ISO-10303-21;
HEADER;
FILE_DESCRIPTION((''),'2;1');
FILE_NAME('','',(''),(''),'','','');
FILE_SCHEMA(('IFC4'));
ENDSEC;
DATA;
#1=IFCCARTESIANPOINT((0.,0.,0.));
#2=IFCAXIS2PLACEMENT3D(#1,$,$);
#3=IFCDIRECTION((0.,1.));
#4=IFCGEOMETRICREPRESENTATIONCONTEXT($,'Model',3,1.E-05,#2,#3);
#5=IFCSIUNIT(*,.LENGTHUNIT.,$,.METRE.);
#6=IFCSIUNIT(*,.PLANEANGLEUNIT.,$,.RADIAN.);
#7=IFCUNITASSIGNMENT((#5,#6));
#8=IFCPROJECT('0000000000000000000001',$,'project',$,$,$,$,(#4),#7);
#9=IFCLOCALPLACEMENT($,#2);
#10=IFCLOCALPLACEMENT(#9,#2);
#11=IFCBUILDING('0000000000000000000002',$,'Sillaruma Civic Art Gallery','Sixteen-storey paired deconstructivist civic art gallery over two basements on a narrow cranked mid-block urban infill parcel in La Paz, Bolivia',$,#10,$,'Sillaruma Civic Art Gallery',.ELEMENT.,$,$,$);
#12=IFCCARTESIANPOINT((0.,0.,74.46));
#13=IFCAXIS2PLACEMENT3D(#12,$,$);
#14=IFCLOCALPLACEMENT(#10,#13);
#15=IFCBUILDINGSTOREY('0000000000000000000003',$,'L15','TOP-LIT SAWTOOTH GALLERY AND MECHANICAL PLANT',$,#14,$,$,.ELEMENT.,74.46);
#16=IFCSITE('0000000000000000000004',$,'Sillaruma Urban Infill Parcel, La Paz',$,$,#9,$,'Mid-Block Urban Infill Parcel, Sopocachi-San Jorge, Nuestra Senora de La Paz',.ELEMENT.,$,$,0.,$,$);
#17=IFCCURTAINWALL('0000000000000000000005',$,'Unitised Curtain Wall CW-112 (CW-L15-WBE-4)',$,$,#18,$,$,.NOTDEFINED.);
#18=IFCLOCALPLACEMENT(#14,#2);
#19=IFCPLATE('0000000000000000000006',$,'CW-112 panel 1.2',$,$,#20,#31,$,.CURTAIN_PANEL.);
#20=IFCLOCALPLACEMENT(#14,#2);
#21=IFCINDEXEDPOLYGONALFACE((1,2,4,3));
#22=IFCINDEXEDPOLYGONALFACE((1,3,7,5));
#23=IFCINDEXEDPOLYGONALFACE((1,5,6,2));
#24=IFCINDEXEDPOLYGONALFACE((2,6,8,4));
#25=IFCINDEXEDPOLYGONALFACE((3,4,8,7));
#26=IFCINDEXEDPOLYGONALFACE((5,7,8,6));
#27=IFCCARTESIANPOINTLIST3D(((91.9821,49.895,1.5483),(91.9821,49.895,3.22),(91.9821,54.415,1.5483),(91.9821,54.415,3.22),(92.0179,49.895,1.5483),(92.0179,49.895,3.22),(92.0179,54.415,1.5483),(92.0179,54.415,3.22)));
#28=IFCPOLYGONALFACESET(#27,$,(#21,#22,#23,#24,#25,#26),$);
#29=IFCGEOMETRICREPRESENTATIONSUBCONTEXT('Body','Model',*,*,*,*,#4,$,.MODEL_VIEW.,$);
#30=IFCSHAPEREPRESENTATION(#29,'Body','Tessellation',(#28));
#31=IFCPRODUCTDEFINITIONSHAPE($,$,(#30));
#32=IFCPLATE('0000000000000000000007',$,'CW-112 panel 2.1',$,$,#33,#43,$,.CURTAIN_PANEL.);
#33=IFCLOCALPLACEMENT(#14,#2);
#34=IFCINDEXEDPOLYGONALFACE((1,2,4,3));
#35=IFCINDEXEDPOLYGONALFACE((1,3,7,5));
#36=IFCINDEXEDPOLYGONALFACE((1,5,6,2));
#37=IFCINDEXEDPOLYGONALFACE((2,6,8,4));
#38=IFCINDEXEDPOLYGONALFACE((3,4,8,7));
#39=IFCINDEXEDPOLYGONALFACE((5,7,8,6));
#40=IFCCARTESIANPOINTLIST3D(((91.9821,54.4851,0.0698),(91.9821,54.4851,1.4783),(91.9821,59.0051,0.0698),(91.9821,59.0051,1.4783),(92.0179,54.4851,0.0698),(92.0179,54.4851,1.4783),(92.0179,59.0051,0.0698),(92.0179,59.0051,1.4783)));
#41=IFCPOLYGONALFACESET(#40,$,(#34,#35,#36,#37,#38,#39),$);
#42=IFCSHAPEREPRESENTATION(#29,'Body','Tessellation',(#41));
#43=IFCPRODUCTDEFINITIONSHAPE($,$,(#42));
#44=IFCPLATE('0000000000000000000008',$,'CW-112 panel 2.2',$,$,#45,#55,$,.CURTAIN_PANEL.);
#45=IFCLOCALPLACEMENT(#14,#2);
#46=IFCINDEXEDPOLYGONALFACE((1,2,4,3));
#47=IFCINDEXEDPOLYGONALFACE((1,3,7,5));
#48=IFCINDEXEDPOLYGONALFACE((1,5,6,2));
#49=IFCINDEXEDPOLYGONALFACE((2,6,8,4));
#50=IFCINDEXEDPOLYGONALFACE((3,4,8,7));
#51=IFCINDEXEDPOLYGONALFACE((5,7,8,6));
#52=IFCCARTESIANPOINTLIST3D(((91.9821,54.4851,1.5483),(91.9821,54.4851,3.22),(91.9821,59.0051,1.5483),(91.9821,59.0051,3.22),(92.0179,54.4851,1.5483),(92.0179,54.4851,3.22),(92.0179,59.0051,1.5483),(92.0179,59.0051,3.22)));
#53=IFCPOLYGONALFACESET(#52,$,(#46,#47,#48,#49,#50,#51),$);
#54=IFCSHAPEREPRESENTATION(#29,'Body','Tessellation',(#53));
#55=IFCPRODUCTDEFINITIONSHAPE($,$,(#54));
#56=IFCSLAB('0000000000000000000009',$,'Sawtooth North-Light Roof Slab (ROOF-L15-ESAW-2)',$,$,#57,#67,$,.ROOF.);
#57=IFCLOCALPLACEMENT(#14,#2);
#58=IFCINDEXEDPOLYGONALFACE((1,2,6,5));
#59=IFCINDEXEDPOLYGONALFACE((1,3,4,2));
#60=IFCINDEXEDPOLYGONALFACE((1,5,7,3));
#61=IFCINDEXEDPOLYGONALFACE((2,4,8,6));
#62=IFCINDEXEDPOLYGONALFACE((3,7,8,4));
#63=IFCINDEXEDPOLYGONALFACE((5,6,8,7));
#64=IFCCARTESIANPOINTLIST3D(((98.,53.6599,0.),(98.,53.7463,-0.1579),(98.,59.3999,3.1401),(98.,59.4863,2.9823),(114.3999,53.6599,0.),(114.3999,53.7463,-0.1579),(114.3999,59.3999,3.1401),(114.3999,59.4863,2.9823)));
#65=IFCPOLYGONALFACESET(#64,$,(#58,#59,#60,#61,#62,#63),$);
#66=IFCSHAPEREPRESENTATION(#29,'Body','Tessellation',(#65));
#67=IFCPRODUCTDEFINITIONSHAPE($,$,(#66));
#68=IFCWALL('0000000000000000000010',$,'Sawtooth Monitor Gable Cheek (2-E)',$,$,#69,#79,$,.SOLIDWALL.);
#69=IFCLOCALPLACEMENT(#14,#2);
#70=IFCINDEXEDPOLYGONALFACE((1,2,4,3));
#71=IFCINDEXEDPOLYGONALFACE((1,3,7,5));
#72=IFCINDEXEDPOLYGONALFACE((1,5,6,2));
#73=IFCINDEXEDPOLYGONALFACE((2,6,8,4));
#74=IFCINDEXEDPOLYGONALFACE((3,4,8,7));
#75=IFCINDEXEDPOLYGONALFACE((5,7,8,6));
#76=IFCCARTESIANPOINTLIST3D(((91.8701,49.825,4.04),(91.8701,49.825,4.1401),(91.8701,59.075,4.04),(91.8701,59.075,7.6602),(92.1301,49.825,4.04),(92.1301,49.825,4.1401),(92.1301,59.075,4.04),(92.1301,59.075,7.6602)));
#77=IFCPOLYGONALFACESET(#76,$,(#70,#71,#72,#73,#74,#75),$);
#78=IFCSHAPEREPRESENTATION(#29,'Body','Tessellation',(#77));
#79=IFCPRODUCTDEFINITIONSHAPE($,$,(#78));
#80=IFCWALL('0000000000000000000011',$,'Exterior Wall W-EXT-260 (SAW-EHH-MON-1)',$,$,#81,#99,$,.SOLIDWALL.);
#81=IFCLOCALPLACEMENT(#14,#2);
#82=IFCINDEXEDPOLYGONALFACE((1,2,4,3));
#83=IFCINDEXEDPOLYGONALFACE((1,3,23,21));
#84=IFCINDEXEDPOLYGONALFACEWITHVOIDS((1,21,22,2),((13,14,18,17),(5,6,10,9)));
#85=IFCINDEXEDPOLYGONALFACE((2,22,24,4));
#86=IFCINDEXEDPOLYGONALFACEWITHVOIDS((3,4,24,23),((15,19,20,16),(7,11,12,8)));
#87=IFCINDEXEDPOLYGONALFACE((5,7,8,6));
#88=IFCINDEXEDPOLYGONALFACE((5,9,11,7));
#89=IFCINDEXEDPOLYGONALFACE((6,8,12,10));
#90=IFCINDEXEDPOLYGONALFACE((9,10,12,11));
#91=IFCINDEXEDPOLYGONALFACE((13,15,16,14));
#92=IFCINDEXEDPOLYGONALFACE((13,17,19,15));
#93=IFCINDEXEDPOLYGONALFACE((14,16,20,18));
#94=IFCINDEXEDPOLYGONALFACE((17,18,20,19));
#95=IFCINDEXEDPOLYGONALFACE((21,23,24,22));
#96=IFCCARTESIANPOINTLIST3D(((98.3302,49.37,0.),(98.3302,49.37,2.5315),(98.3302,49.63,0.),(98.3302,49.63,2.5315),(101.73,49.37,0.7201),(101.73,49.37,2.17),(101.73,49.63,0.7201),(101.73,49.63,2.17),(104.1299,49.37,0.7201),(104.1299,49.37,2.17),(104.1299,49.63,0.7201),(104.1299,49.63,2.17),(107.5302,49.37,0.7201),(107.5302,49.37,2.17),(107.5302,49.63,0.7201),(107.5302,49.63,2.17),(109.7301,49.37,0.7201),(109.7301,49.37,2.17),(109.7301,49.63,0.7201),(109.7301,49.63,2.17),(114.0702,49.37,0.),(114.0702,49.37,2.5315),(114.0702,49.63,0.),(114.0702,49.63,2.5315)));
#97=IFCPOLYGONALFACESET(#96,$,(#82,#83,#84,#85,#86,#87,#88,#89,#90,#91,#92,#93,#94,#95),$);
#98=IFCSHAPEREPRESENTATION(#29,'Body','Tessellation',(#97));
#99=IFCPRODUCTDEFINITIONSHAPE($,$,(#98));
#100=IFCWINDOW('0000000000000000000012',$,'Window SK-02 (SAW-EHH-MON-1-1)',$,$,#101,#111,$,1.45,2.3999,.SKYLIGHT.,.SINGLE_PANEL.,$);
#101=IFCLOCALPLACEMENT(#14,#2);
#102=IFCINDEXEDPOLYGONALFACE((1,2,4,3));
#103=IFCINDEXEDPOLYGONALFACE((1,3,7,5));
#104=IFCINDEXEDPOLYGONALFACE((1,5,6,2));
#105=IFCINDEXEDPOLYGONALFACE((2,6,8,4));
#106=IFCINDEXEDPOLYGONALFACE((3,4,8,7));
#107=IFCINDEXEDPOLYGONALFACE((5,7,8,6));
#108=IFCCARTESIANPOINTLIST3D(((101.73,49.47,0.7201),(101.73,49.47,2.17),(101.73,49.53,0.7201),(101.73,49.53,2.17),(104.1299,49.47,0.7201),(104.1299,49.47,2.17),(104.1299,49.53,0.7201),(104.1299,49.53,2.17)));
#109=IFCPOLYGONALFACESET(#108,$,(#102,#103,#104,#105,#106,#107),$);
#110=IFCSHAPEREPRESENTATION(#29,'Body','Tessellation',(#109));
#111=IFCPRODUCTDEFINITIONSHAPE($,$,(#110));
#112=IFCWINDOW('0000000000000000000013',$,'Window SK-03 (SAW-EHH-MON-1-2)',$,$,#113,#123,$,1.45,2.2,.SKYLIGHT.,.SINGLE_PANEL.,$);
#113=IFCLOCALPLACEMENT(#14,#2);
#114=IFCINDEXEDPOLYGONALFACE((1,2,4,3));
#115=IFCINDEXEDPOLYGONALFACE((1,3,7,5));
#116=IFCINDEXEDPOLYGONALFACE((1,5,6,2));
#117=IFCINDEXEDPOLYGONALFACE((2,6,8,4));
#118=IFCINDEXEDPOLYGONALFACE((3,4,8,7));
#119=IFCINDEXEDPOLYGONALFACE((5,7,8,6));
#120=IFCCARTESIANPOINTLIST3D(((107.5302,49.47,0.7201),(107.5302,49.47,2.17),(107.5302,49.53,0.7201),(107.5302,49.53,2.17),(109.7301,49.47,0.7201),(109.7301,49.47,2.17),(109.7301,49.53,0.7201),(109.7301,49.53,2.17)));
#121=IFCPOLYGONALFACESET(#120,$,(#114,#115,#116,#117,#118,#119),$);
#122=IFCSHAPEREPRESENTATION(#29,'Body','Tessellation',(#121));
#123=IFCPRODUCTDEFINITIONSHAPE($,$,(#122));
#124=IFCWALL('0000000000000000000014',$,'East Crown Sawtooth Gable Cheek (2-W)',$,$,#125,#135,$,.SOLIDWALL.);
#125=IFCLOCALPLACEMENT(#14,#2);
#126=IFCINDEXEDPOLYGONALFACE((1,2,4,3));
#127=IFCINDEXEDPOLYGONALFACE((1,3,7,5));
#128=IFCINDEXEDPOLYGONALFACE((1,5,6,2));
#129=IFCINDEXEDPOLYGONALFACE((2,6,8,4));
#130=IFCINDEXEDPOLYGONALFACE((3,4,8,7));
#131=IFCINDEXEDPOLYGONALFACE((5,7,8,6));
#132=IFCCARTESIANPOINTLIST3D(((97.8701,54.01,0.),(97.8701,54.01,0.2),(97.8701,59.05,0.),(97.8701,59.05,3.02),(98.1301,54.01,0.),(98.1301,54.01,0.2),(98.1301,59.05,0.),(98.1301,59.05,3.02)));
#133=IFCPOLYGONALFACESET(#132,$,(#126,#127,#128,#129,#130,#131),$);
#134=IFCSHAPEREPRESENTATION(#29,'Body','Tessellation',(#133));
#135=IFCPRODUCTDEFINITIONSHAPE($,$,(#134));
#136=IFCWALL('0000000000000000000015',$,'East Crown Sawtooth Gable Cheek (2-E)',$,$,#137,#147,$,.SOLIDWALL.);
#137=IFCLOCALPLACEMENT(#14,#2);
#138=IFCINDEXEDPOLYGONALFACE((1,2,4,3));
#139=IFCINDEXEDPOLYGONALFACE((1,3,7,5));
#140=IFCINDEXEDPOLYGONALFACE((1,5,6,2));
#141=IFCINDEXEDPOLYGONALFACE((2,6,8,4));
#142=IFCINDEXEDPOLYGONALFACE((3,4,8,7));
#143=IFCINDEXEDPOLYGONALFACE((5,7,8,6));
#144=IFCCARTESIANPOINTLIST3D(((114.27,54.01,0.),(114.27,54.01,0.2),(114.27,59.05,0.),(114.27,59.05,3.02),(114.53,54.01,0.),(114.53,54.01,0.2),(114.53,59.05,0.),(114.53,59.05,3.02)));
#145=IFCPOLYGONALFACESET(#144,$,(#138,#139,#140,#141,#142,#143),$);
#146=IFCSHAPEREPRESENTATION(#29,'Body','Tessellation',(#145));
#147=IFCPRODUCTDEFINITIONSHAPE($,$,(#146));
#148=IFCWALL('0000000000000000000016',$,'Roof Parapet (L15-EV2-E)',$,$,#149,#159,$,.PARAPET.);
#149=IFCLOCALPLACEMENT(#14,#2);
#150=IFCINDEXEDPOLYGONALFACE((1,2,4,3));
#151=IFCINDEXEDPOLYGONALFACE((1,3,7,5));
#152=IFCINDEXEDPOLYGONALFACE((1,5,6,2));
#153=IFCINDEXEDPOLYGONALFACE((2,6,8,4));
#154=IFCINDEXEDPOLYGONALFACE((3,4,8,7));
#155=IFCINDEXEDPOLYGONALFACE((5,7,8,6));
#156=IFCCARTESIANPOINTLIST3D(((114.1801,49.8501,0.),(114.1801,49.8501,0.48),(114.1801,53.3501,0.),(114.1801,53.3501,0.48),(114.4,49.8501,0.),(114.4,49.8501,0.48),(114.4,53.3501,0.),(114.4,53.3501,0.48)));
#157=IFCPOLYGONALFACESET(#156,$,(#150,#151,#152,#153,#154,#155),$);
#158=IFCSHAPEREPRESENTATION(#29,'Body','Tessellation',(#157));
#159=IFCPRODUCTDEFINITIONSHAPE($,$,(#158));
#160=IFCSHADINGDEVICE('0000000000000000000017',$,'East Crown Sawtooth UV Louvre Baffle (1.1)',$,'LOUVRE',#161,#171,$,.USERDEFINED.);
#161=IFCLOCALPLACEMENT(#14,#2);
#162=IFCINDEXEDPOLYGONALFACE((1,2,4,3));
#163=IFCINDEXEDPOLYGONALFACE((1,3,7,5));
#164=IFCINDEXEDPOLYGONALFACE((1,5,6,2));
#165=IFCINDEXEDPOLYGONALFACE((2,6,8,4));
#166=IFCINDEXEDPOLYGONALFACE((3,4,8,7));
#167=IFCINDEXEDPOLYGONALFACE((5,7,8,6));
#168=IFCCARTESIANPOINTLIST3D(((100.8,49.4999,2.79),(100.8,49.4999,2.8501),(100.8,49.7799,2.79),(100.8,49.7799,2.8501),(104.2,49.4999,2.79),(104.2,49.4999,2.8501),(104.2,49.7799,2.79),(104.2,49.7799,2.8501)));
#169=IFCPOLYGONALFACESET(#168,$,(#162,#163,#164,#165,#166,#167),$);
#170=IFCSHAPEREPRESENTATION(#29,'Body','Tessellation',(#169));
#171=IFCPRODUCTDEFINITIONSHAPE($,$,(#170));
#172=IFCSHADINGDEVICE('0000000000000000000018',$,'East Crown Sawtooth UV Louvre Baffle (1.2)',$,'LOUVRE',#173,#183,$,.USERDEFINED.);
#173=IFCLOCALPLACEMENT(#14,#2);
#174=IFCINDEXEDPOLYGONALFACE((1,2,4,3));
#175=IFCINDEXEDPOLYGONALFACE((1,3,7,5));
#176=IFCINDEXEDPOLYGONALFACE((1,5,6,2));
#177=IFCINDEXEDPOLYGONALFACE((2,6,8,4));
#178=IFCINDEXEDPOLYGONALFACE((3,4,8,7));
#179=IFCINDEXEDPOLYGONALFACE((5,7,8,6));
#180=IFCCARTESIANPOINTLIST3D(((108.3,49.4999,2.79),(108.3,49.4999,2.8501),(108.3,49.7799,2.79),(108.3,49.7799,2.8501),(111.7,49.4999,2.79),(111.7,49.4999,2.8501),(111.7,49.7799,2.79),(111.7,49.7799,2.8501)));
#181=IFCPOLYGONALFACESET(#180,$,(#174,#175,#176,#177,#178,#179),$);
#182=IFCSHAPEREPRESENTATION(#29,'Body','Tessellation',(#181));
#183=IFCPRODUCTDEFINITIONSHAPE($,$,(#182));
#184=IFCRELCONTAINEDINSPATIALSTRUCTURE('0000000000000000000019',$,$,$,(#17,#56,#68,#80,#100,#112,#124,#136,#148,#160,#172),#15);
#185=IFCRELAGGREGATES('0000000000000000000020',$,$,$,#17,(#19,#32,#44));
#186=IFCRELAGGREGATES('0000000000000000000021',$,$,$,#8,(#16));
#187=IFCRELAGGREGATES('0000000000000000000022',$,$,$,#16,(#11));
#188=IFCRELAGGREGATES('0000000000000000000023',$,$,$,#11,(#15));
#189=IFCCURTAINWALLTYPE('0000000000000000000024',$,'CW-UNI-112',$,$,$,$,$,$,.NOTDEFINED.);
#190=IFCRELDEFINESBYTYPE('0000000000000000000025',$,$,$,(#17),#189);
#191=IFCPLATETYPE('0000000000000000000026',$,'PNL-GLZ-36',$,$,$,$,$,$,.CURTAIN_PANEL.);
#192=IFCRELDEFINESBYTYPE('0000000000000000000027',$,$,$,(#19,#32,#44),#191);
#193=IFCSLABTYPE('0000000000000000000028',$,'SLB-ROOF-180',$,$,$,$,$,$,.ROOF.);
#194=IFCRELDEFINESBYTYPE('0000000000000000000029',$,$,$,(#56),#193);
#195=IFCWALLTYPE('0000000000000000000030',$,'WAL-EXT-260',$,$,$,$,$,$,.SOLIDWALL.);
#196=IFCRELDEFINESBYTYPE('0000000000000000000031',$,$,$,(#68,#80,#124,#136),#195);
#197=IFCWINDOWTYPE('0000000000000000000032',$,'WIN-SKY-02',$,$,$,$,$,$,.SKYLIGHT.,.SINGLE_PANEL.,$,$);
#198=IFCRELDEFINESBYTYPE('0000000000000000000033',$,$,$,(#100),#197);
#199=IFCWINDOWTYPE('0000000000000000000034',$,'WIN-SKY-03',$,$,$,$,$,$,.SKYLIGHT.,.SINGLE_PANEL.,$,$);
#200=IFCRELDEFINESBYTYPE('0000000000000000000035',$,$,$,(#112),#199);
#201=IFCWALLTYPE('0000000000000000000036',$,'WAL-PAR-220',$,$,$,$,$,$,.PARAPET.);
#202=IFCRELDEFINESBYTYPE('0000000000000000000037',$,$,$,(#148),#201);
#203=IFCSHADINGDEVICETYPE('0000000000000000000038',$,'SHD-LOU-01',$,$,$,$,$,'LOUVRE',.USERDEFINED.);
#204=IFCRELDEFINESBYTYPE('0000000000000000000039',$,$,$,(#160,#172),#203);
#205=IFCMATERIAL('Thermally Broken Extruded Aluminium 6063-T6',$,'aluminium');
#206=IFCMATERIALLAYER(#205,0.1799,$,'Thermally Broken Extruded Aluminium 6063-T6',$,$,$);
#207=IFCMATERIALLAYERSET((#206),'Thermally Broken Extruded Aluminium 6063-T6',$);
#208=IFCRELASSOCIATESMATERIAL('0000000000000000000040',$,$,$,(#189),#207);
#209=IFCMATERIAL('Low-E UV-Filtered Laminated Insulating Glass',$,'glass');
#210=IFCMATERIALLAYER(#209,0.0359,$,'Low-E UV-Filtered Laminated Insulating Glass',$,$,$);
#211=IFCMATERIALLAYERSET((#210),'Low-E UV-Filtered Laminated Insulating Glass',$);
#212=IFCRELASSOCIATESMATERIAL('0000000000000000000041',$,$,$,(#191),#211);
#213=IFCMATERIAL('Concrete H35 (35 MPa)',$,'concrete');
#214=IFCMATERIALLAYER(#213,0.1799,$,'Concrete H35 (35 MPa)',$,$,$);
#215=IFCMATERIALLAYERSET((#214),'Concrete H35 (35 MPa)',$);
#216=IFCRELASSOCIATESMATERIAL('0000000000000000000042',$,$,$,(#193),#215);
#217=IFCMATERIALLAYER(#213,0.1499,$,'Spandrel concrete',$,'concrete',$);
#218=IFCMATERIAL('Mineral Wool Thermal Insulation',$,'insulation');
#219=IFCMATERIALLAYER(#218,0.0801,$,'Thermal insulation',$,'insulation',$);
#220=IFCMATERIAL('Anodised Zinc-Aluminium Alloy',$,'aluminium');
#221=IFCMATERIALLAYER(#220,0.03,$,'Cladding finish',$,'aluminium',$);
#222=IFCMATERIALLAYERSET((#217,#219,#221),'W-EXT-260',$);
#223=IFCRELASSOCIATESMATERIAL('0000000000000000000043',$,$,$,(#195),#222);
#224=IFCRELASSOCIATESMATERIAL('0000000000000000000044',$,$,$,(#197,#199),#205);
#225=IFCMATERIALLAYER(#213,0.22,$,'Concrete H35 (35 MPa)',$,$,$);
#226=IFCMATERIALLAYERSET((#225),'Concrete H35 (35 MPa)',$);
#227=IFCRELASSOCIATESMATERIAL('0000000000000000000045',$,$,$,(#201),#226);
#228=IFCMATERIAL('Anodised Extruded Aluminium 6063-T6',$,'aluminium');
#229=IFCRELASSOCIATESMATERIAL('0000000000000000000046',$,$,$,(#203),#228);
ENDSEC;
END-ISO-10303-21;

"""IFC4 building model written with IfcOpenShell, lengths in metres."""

from ifc_helpers import new_model, si_unit, direction, frame, frame_2d, origin, origin_2d, place, context, subcontext, project, spatial, polyline, rectangle, outline, extrude, material, layer, layer_set, type_object, element, fill, aggregate, save


model = new_model("IFC4")

# Units and contexts
model_context = context("Model", 3, precision=1e-05, world=origin(), true_north=direction((0.0, 1.0)))
body_context = subcontext(model_context, "Body", "Model", "MODEL_VIEW")
ifc_project = project(units=[si_unit("LENGTHUNIT", "METRE"), si_unit("PLANEANGLEUNIT", "RADIAN")], contexts=[model_context])

# Site, building, storey
site_placement = place(None, origin())
site = spatial("IfcSite", under=ifc_project, at=site_placement, Name="Sillaruma Urban Infill Parcel, La Paz", LongName="Mid-Block Urban Infill Parcel, Sopocachi-San Jorge, Nuestra Senora de La Paz", CompositionType="ELEMENT", RefElevation=0.0)
building_placement = place(site_placement, origin())
building = spatial("IfcBuilding", under=site, at=building_placement, Name="Sillaruma Civic Art Gallery", Description="Sixteen-storey paired deconstructivist civic art gallery over two basements on a narrow cranked mid-block urban infill parcel in La Paz, Bolivia", LongName="Sillaruma Civic Art Gallery", CompositionType="ELEMENT")
storey_placement = place(building_placement, frame((0.0, 0.0, 74.46)))
storey = spatial("IfcBuildingStorey", under=building, at=storey_placement, Name="L15", Description="TOP-LIT SAWTOOTH GALLERY AND MECHANICAL PLANT", CompositionType="ELEMENT", Elevation=74.46)

# Shared definitions
ifc_material_1 = material(Name="Concrete H35 (35 MPa)", Category="concrete")

# Curtain wall
ifc_material_2 = material(Name="Thermally Broken Extruded Aluminium 6063-T6", Category="aluminium")
ifc_layer_1 = layer(ifc_material_2, 0.1799, Name="Thermally Broken Extruded Aluminium 6063-T6")
ifc_layer_set_1 = layer_set([ifc_layer_1], Name="Thermally Broken Extruded Aluminium 6063-T6")
curtain_wall_type = type_object("IfcCurtainWallType", Name="CW-UNI-112", PredefinedType="NOTDEFINED", material=ifc_layer_set_1)
curtain_wall_placement = place(storey_placement, origin())
curtain_wall = element("IfcCurtainWall", 1, at=curtain_wall_placement, inside=storey, type_object=curtain_wall_type, Name="Unitised Curtain Wall CW-112 (CW-L15-WBE-4)", PredefinedType="NOTDEFINED")

# Plates
ifc_material_3 = material(Name="Low-E UV-Filtered Laminated Insulating Glass", Category="glass")
ifc_layer_2 = layer(ifc_material_3, 0.0359, Name="Low-E UV-Filtered Laminated Insulating Glass")
ifc_layer_set_2 = layer_set([ifc_layer_2], Name="Low-E UV-Filtered Laminated Insulating Glass")
plate_type = type_object("IfcPlateType", Name="PNL-GLZ-36", PredefinedType="CURTAIN_PANEL", material=ifc_layer_set_2)
plate_1_placement = place(storey_placement, frame((92.0, 52.155, 1.5483), z_axis=(0.0, 0.0, 1.0), x_axis=(0.0, 1.0, 0.0)))
plate_1 = element("IfcPlate", 2, at=plate_1_placement, type_object=plate_type, Name="CW-112 panel 1.2", PredefinedType="CURTAIN_PANEL", context=body_context, shape_type="SweptSolid", body=[
    extrude(rectangle(XDim=4.52, YDim=0.0359, at=origin_2d()), origin(), (0.0, 0.0, 1.0), 1.6716),
])
plate_2_placement = place(storey_placement, frame((92.0, 56.7451, 0.0698), z_axis=(0.0, 0.0, 1.0), x_axis=(0.0, 1.0, 0.0)))
plate_2 = element("IfcPlate", 3, at=plate_2_placement, type_object=plate_type, Name="CW-112 panel 2.1", PredefinedType="CURTAIN_PANEL", context=body_context, shape_type="SweptSolid", body=[
    extrude(rectangle(XDim=4.52, YDim=0.0359, at=origin_2d()), origin(), (0.0, 0.0, 1.0), 1.4084),
])
plate_3_placement = place(storey_placement, frame((92.0, 56.7451, 1.5483), z_axis=(0.0, 0.0, 1.0), x_axis=(0.0, 1.0, 0.0)))
plate_3 = element("IfcPlate", 4, at=plate_3_placement, type_object=plate_type, Name="CW-112 panel 2.2", PredefinedType="CURTAIN_PANEL", context=body_context, shape_type="SweptSolid", body=[
    extrude(rectangle(XDim=4.52, YDim=0.0359, at=origin_2d()), origin(), (0.0, 0.0, 1.0), 1.6716),
])
aggregate(curtain_wall, [plate_1, plate_2, plate_3])

# Slab
ifc_layer_3 = layer(ifc_material_1, 0.1799, Name="Concrete H35 (35 MPa)")
ifc_layer_set_3 = layer_set([ifc_layer_3], Name="Concrete H35 (35 MPa)")
slab_type = type_object("IfcSlabType", Name="SLB-ROOF-180", PredefinedType="ROOF", material=ifc_layer_set_3)
slab_placement = place(storey_placement, frame((98.0, 53.6599, 0.0), z_axis=(0.0, -0.479939, 0.877302), x_axis=(1.0, 0.0, 0.0)))
element("IfcSlab", 5, at=slab_placement, inside=storey, type_object=slab_type, Name="Sawtooth North-Light Roof Slab (ROOF-L15-ESAW-2)", PredefinedType="ROOF", context=body_context, shape_type="SweptSolid", body=[
    extrude(outline(polyline([(0.0, 0.0), (16.3999, 0.0), (16.3999, 6.5428), (0.0, 6.5428), (0.0, 0.0)])), origin(), (0.0, 0.0, -1.0), 0.1799),
])

# Wall
ifc_layer_4 = layer(ifc_material_1, 0.1499, Name="Spandrel concrete", Category="concrete")
ifc_material_4 = material(Name="Mineral Wool Thermal Insulation", Category="insulation")
ifc_layer_5 = layer(ifc_material_4, 0.0801, Name="Thermal insulation", Category="insulation")
ifc_material_5 = material(Name="Anodised Zinc-Aluminium Alloy", Category="aluminium")
ifc_layer_6 = layer(ifc_material_5, 0.03, Name="Cladding finish", Category="aluminium")
ifc_layer_set_4 = layer_set([ifc_layer_4, ifc_layer_5, ifc_layer_6], Name="W-EXT-260")
wall_type_1 = type_object("IfcWallType", Name="WAL-EXT-260", PredefinedType="SOLIDWALL", material=ifc_layer_set_4)
wall_1_placement = place(storey_placement, frame((92.0, 49.825, 4.04), z_axis=(0.0, 0.0, 1.0), x_axis=(0.0, 1.0, 0.0)))
element("IfcWall", 6, at=wall_1_placement, inside=storey, type_object=wall_type_1, Name="Sawtooth Monitor Gable Cheek (2-E)", PredefinedType="SOLIDWALL", context=body_context, shape_type="SweptSolid", body=[
    extrude(outline(polyline([(0.0, 0.0), (9.25, 0.0), (9.25, 3.6201), (0.0, 0.1001), (0.0, 0.0)])), frame((0.0, 0.1299, 0.0), z_axis=(0.0, -1.0, 0.0), x_axis=(1.0, 0.0, 0.0)), (0.0, 0.0, 1.0), 0.26),
])

# Wall, openings, windows
wall_2_placement = place(storey_placement, frame((98.3301, 49.5, 0.0), z_axis=(0.0, 0.0, 1.0), x_axis=(1.0, 0.0, 0.0)))
wall_2 = element("IfcWall", 7, at=wall_2_placement, inside=storey, type_object=wall_type_1, Name="Exterior Wall W-EXT-260 (SAW-EHH-MON-1)", PredefinedType="SOLIDWALL", context=body_context, shape_type="SweptSolid", body=[
    extrude(rectangle(XDim=15.74, YDim=0.26, at=frame_2d((7.8701, 0.0))), origin(), (0.0, 0.0, 1.0), 2.5315),
])
opening_1_placement = place(wall_2_placement, frame((3.3999, 0.0, 0.72)))
opening_1 = element("IfcOpeningElement", 8, at=opening_1_placement, cuts=wall_2, PredefinedType="OPENING", context=body_context, shape_type="SweptSolid", body=[
    extrude(rectangle(XDim=2.3999, YDim=1.45, at=frame_2d((1.2, 0.7251))), frame((0.0, 0.1399, 0.0), z_axis=(0.0, -1.0, 0.0), x_axis=(1.0, 0.0, 0.0)), (0.0, 0.0, 1.0), 0.28),
])
opening_2_placement = place(wall_2_placement, frame((9.2, 0.0, 0.72)))
opening_2 = element("IfcOpeningElement", 9, at=opening_2_placement, cuts=wall_2, PredefinedType="OPENING", context=body_context, shape_type="SweptSolid", body=[
    extrude(rectangle(XDim=2.2, YDim=1.45, at=frame_2d((1.1001, 0.7251))), frame((0.0, 0.1399, 0.0), z_axis=(0.0, -1.0, 0.0), x_axis=(1.0, 0.0, 0.0)), (0.0, 0.0, 1.0), 0.28),
])
window_type_1 = type_object("IfcWindowType", Name="WIN-SKY-02", PartitioningType="SINGLE_PANEL", PredefinedType="SKYLIGHT", material=ifc_material_2)
window_1_placement = place(opening_1_placement, origin())
window_1 = element("IfcWindow", 10, at=window_1_placement, inside=storey, type_object=window_type_1, Name="Window SK-02 (SAW-EHH-MON-1-1)", OverallHeight=1.45, OverallWidth=2.3999, PartitioningType="SINGLE_PANEL", PredefinedType="SKYLIGHT", context=body_context, shape_type="SweptSolid", body=[
    extrude(rectangle(XDim=2.3999, YDim=1.45, at=frame_2d((1.2, 0.7251))), frame((0.0, 0.03, 0.0), z_axis=(0.0, -1.0, 0.0), x_axis=(1.0, 0.0, 0.0)), (0.0, 0.0, 1.0), 0.0601),
])
fill(opening_1, window_1)
window_type_2 = type_object("IfcWindowType", Name="WIN-SKY-03", PartitioningType="SINGLE_PANEL", PredefinedType="SKYLIGHT", material=ifc_material_2)
window_2_placement = place(opening_2_placement, origin())
window_2 = element("IfcWindow", 11, at=window_2_placement, inside=storey, type_object=window_type_2, Name="Window SK-03 (SAW-EHH-MON-1-2)", OverallHeight=1.45, OverallWidth=2.2, PartitioningType="SINGLE_PANEL", PredefinedType="SKYLIGHT", context=body_context, shape_type="SweptSolid", body=[
    extrude(rectangle(XDim=2.2, YDim=1.45, at=frame_2d((1.1001, 0.7251))), frame((0.0, 0.03, 0.0), z_axis=(0.0, -1.0, 0.0), x_axis=(1.0, 0.0, 0.0)), (0.0, 0.0, 1.0), 0.0601),
])
fill(opening_2, window_2)

# Walls
for number, where, z_axis, x_axis, name in (
    (12, (98.0, 54.01, 0.0), (0.0, 0.0, 1.0), (0.0, 1.0, 0.0), "East Crown Sawtooth Gable Cheek (2-W)"),
    (13, (114.3999, 54.01, 0.0), (0.0, 0.0, 1.0), (0.0, 1.0, 0.0), "East Crown Sawtooth Gable Cheek (2-E)"),
):
    element("IfcWall", number, at=place(storey_placement, frame(where, z_axis=z_axis, x_axis=x_axis)), inside=storey, type_object=wall_type_1, Name=name, PredefinedType="SOLIDWALL", context=body_context, shape_type="SweptSolid", body=[
        extrude(outline(polyline([(0.0, 0.0), (5.04, 0.0), (5.04, 3.02), (0.0, 0.2), (0.0, 0.0)])), frame((0.0, 0.1299, 0.0), z_axis=(0.0, -1.0, 0.0), x_axis=(1.0, 0.0, 0.0)), (0.0, 0.0, 1.0), 0.26),
    ])
ifc_layer_7 = layer(ifc_material_1, 0.22, Name="Concrete H35 (35 MPa)")
ifc_layer_set_5 = layer_set([ifc_layer_7], Name="Concrete H35 (35 MPa)")
wall_type_2 = type_object("IfcWallType", Name="WAL-PAR-220", PredefinedType="PARAPET", material=ifc_layer_set_5)
wall_3_placement = place(storey_placement, frame((114.29, 49.8501, 0.0), z_axis=(0.0, 0.0, 1.0), x_axis=(0.0, 1.0, 0.0)))
element("IfcWall", 14, at=wall_3_placement, inside=storey, type_object=wall_type_2, Name="Roof Parapet (L15-EV2-E)", PredefinedType="PARAPET", context=body_context, shape_type="SweptSolid", body=[
    extrude(rectangle(XDim=3.5, YDim=0.22, at=frame_2d((1.75, 0.0))), origin(), (0.0, 0.0, 1.0), 0.48),
])

# Shading devices
ifc_material_6 = material(Name="Anodised Extruded Aluminium 6063-T6", Category="aluminium")
shading_device_type = type_object("IfcShadingDeviceType", Name="SHD-LOU-01", ElementType="LOUVRE", PredefinedType="USERDEFINED", material=ifc_material_6)
for number, where, z_axis, x_axis, name in (
    (15, (102.5, 49.6399, 2.79), (0.0, 0.0, 1.0), (1.0, 0.0, 0.0), "East Crown Sawtooth UV Louvre Baffle (1.1)"),
    (16, (110.0, 49.6399, 2.79), (0.0, 0.0, 1.0), (1.0, 0.0, 0.0), "East Crown Sawtooth UV Louvre Baffle (1.2)"),
):
    element("IfcShadingDevice", number, at=place(storey_placement, frame(where, z_axis=z_axis, x_axis=x_axis)), inside=storey, type_object=shading_device_type, Name=name, ObjectType="LOUVRE", PredefinedType="USERDEFINED", context=body_context, shape_type="SweptSolid", body=[
        extrude(rectangle(XDim=3.3999, YDim=0.28, at=origin_2d()), origin(), (0.0, 0.0, 1.0), 0.0601),
    ])

save(model, "model.ifc")
